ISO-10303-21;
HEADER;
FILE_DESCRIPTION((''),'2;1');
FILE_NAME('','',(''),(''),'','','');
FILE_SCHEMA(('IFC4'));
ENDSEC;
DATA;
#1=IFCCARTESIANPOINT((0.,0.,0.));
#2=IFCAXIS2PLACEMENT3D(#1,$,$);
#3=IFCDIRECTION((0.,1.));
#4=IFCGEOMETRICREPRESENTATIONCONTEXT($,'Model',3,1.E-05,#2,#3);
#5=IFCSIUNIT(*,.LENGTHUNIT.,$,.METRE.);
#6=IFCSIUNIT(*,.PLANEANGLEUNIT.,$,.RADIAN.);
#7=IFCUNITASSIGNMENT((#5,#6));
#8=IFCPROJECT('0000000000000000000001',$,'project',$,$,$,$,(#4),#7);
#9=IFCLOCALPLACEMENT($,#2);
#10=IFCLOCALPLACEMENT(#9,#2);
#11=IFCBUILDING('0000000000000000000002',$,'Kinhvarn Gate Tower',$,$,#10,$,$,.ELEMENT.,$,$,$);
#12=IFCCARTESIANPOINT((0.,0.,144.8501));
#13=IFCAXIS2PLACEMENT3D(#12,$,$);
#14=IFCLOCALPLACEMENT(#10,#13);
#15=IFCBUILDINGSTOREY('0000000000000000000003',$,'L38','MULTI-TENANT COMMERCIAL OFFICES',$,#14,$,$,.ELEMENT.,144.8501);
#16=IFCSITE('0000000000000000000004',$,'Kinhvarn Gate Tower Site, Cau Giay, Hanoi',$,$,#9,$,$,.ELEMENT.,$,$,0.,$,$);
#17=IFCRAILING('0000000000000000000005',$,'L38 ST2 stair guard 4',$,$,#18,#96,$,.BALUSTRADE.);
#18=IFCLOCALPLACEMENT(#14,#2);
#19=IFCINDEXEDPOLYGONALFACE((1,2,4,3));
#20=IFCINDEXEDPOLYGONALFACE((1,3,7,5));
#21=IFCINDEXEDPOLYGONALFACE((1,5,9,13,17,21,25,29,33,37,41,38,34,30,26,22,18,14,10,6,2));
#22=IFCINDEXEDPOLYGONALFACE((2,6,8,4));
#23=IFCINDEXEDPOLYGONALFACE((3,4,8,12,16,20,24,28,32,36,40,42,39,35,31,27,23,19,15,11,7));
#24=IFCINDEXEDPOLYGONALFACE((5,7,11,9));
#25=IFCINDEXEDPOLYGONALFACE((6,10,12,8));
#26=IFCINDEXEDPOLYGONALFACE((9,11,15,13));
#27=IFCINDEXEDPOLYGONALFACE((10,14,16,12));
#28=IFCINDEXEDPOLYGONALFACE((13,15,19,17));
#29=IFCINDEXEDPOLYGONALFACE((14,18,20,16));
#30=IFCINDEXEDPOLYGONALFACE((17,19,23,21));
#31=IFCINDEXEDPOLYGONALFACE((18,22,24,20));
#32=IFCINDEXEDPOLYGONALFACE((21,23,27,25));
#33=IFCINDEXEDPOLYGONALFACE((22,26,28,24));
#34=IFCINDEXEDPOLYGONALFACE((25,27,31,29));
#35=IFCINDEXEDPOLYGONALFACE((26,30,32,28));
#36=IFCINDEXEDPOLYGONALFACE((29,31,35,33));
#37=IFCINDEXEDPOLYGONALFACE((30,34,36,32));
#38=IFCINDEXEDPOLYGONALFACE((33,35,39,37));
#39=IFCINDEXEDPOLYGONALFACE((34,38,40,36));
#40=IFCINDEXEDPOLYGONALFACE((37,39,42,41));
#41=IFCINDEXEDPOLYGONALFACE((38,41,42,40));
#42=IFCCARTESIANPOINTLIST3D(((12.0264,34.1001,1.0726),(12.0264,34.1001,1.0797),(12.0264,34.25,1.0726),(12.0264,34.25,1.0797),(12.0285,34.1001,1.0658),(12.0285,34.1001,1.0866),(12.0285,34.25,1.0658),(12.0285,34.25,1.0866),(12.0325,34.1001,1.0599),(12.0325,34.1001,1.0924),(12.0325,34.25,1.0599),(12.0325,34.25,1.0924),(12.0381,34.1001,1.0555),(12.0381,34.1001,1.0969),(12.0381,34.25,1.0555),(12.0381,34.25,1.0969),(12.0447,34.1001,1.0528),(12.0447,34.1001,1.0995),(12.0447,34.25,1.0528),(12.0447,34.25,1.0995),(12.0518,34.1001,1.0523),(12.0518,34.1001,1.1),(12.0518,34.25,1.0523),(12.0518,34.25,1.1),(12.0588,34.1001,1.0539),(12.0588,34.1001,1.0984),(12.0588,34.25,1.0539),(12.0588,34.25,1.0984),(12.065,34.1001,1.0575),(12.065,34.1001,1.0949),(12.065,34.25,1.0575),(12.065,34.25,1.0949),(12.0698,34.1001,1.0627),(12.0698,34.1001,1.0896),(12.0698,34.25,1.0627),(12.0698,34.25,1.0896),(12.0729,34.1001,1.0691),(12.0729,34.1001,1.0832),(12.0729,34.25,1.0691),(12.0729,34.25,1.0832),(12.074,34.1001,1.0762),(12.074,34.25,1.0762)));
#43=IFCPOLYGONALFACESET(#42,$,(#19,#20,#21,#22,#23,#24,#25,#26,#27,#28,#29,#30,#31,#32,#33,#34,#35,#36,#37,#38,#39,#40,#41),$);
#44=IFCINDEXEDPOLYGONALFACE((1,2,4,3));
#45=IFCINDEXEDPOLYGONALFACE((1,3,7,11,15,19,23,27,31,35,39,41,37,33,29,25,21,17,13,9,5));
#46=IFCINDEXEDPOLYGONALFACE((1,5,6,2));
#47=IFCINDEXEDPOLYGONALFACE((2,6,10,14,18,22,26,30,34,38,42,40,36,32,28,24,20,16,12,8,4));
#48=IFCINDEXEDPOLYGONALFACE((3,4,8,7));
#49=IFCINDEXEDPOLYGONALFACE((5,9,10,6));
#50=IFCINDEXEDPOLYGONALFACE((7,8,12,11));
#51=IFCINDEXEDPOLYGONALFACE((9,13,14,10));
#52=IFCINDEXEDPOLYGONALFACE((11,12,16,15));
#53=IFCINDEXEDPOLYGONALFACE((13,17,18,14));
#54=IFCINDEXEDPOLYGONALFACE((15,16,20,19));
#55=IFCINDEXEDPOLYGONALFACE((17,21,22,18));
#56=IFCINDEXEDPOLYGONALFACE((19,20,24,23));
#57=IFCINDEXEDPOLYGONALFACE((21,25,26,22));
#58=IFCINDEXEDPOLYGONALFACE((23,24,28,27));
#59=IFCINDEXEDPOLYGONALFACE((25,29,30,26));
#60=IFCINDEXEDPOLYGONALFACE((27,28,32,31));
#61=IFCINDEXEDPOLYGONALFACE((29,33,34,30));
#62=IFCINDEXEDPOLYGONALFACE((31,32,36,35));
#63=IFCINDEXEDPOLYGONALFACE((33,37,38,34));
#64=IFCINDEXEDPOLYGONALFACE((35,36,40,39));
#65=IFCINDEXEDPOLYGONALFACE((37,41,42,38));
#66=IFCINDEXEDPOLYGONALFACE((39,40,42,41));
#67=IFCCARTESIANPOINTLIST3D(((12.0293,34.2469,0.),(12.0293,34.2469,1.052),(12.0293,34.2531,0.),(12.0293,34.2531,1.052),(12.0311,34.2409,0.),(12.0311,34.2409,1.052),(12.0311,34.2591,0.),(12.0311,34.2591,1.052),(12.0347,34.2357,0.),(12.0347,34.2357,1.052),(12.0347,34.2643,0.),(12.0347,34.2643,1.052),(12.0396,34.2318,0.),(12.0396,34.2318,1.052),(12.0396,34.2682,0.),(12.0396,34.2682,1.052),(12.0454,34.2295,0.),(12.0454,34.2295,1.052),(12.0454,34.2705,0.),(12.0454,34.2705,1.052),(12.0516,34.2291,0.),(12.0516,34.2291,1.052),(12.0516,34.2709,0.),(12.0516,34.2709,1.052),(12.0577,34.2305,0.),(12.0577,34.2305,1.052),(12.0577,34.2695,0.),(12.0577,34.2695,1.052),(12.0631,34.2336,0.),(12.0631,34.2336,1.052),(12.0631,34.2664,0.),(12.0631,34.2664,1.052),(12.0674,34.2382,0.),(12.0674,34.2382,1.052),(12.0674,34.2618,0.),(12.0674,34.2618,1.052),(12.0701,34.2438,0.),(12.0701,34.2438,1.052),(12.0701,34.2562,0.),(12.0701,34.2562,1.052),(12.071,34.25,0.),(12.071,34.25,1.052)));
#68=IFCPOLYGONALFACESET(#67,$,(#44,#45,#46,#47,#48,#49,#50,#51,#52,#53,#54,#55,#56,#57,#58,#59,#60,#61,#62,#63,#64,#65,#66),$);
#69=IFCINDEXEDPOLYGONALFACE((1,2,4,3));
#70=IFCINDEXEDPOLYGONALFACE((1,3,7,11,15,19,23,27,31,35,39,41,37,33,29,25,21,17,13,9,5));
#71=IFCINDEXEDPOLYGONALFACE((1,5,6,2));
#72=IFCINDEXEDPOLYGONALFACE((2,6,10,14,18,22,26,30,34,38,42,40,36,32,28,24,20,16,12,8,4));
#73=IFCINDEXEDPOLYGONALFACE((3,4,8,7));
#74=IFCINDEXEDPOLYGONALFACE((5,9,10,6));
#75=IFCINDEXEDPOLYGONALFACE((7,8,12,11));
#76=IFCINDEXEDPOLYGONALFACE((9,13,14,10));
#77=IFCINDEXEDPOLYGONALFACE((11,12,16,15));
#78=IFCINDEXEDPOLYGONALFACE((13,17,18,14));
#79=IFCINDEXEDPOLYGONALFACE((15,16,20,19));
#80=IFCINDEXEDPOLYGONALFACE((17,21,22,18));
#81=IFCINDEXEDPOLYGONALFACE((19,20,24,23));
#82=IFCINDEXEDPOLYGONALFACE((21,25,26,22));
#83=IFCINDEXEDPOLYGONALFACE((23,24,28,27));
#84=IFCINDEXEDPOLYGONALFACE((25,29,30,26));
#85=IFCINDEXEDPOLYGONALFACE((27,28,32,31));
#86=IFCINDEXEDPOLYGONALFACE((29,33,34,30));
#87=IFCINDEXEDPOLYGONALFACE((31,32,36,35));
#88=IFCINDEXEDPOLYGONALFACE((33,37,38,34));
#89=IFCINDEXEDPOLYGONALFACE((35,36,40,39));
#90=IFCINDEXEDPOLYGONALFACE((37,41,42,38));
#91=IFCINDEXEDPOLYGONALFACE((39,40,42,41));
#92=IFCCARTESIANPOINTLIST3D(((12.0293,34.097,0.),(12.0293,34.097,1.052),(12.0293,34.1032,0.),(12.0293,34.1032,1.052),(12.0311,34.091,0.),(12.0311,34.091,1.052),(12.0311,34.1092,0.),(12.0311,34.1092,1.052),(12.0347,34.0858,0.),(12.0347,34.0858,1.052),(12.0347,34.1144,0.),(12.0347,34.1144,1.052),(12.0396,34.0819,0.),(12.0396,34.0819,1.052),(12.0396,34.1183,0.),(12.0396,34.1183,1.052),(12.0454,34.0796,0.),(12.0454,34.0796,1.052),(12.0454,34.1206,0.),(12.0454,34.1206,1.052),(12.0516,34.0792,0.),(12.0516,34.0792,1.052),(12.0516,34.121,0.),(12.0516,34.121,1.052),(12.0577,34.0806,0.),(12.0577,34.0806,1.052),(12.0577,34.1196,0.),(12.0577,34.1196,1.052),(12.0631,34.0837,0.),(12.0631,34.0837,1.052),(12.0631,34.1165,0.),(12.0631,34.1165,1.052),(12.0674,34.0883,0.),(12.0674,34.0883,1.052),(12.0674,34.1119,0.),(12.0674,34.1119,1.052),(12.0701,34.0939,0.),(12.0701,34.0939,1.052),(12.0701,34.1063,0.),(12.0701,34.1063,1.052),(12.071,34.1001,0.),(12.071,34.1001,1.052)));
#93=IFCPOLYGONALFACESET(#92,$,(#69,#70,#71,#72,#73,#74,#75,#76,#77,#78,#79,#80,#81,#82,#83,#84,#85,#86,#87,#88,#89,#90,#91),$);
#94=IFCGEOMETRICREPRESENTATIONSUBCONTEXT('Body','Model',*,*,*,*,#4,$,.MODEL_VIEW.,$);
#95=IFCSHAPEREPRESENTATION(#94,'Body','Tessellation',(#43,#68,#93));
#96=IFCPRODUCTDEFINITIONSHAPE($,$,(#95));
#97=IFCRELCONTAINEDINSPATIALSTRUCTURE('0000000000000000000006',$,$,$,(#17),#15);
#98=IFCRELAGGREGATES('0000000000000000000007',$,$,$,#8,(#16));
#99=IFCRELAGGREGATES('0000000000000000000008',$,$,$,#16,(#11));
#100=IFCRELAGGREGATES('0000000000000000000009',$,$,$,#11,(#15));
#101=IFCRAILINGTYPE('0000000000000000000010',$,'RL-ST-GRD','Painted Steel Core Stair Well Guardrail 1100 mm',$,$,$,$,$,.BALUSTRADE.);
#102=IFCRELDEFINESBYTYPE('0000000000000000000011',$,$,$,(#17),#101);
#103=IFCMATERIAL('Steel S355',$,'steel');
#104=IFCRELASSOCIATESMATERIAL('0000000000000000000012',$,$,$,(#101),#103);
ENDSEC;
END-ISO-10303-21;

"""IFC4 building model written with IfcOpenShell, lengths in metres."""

from ifc_helpers import new_model, si_unit, direction, frame, origin, origin_2d, place, context, subcontext, project, spatial, circle, extrude, material, type_object, element, save


model = new_model("IFC4")

# Units and contexts
model_context = context("Model", 3, precision=1e-05, world=origin(), true_north=direction((0.0, 1.0)))
body_context = subcontext(model_context, "Body", "Model", "MODEL_VIEW")
ifc_project = project(units=[si_unit("LENGTHUNIT", "METRE"), si_unit("PLANEANGLEUNIT", "RADIAN")], contexts=[model_context])

# Site, building, storey
site_placement = place(None, origin())
site = spatial("IfcSite", under=ifc_project, at=site_placement, Name="Kinhvarn Gate Tower Site, Cau Giay, Hanoi", CompositionType="ELEMENT", RefElevation=0.0)
building_placement = place(site_placement, origin())
building = spatial("IfcBuilding", under=site, at=building_placement, Name="Kinhvarn Gate Tower", CompositionType="ELEMENT")
storey_placement = place(building_placement, frame((0.0, 0.0, 144.8501)))
storey = spatial("IfcBuildingStorey", under=building, at=storey_placement, Name="L38", Description="MULTI-TENANT COMMERCIAL OFFICES", CompositionType="ELEMENT", Elevation=144.8501)

# Shared definitions
ifc_material_1 = material(Name="Steel S355", Category="steel")

# Railing
railing_type_1 = type_object("IfcRailingType", Name="RL-ST-GRD", Description="Painted Steel Core Stair Well Guardrail 1100 mm", PredefinedType="BALUSTRADE", material=ifc_material_1)
railing_1_placement = place(storey_placement, frame((12.05, 34.25, 0.0)))
element("IfcRailing", 1, at=railing_1_placement, inside=storey, type_object=railing_type_1, Name="L38 ST2 stair guard 4", PredefinedType="BALUSTRADE", context=body_context, shape_type="SweptSolid", body=[
    extrude(circle(Radius=0.0239, at=origin_2d()), frame((0.0, 0.0, 1.0762), z_axis=(0.0, -1.0, 0.0), x_axis=(1.0, 0.0, 0.0)), (0.0, 0.0, 1.0), 0.1499),
    extrude(circle(Radius=0.021, at=origin_2d()), origin(), (0.0, 0.0, 1.0), 1.052),
    extrude(circle(Radius=0.021, at=origin_2d()), frame((0.0, -0.1499, 0.0)), (0.0, 0.0, 1.0), 1.052),
])

save(model, "model.ifc")
